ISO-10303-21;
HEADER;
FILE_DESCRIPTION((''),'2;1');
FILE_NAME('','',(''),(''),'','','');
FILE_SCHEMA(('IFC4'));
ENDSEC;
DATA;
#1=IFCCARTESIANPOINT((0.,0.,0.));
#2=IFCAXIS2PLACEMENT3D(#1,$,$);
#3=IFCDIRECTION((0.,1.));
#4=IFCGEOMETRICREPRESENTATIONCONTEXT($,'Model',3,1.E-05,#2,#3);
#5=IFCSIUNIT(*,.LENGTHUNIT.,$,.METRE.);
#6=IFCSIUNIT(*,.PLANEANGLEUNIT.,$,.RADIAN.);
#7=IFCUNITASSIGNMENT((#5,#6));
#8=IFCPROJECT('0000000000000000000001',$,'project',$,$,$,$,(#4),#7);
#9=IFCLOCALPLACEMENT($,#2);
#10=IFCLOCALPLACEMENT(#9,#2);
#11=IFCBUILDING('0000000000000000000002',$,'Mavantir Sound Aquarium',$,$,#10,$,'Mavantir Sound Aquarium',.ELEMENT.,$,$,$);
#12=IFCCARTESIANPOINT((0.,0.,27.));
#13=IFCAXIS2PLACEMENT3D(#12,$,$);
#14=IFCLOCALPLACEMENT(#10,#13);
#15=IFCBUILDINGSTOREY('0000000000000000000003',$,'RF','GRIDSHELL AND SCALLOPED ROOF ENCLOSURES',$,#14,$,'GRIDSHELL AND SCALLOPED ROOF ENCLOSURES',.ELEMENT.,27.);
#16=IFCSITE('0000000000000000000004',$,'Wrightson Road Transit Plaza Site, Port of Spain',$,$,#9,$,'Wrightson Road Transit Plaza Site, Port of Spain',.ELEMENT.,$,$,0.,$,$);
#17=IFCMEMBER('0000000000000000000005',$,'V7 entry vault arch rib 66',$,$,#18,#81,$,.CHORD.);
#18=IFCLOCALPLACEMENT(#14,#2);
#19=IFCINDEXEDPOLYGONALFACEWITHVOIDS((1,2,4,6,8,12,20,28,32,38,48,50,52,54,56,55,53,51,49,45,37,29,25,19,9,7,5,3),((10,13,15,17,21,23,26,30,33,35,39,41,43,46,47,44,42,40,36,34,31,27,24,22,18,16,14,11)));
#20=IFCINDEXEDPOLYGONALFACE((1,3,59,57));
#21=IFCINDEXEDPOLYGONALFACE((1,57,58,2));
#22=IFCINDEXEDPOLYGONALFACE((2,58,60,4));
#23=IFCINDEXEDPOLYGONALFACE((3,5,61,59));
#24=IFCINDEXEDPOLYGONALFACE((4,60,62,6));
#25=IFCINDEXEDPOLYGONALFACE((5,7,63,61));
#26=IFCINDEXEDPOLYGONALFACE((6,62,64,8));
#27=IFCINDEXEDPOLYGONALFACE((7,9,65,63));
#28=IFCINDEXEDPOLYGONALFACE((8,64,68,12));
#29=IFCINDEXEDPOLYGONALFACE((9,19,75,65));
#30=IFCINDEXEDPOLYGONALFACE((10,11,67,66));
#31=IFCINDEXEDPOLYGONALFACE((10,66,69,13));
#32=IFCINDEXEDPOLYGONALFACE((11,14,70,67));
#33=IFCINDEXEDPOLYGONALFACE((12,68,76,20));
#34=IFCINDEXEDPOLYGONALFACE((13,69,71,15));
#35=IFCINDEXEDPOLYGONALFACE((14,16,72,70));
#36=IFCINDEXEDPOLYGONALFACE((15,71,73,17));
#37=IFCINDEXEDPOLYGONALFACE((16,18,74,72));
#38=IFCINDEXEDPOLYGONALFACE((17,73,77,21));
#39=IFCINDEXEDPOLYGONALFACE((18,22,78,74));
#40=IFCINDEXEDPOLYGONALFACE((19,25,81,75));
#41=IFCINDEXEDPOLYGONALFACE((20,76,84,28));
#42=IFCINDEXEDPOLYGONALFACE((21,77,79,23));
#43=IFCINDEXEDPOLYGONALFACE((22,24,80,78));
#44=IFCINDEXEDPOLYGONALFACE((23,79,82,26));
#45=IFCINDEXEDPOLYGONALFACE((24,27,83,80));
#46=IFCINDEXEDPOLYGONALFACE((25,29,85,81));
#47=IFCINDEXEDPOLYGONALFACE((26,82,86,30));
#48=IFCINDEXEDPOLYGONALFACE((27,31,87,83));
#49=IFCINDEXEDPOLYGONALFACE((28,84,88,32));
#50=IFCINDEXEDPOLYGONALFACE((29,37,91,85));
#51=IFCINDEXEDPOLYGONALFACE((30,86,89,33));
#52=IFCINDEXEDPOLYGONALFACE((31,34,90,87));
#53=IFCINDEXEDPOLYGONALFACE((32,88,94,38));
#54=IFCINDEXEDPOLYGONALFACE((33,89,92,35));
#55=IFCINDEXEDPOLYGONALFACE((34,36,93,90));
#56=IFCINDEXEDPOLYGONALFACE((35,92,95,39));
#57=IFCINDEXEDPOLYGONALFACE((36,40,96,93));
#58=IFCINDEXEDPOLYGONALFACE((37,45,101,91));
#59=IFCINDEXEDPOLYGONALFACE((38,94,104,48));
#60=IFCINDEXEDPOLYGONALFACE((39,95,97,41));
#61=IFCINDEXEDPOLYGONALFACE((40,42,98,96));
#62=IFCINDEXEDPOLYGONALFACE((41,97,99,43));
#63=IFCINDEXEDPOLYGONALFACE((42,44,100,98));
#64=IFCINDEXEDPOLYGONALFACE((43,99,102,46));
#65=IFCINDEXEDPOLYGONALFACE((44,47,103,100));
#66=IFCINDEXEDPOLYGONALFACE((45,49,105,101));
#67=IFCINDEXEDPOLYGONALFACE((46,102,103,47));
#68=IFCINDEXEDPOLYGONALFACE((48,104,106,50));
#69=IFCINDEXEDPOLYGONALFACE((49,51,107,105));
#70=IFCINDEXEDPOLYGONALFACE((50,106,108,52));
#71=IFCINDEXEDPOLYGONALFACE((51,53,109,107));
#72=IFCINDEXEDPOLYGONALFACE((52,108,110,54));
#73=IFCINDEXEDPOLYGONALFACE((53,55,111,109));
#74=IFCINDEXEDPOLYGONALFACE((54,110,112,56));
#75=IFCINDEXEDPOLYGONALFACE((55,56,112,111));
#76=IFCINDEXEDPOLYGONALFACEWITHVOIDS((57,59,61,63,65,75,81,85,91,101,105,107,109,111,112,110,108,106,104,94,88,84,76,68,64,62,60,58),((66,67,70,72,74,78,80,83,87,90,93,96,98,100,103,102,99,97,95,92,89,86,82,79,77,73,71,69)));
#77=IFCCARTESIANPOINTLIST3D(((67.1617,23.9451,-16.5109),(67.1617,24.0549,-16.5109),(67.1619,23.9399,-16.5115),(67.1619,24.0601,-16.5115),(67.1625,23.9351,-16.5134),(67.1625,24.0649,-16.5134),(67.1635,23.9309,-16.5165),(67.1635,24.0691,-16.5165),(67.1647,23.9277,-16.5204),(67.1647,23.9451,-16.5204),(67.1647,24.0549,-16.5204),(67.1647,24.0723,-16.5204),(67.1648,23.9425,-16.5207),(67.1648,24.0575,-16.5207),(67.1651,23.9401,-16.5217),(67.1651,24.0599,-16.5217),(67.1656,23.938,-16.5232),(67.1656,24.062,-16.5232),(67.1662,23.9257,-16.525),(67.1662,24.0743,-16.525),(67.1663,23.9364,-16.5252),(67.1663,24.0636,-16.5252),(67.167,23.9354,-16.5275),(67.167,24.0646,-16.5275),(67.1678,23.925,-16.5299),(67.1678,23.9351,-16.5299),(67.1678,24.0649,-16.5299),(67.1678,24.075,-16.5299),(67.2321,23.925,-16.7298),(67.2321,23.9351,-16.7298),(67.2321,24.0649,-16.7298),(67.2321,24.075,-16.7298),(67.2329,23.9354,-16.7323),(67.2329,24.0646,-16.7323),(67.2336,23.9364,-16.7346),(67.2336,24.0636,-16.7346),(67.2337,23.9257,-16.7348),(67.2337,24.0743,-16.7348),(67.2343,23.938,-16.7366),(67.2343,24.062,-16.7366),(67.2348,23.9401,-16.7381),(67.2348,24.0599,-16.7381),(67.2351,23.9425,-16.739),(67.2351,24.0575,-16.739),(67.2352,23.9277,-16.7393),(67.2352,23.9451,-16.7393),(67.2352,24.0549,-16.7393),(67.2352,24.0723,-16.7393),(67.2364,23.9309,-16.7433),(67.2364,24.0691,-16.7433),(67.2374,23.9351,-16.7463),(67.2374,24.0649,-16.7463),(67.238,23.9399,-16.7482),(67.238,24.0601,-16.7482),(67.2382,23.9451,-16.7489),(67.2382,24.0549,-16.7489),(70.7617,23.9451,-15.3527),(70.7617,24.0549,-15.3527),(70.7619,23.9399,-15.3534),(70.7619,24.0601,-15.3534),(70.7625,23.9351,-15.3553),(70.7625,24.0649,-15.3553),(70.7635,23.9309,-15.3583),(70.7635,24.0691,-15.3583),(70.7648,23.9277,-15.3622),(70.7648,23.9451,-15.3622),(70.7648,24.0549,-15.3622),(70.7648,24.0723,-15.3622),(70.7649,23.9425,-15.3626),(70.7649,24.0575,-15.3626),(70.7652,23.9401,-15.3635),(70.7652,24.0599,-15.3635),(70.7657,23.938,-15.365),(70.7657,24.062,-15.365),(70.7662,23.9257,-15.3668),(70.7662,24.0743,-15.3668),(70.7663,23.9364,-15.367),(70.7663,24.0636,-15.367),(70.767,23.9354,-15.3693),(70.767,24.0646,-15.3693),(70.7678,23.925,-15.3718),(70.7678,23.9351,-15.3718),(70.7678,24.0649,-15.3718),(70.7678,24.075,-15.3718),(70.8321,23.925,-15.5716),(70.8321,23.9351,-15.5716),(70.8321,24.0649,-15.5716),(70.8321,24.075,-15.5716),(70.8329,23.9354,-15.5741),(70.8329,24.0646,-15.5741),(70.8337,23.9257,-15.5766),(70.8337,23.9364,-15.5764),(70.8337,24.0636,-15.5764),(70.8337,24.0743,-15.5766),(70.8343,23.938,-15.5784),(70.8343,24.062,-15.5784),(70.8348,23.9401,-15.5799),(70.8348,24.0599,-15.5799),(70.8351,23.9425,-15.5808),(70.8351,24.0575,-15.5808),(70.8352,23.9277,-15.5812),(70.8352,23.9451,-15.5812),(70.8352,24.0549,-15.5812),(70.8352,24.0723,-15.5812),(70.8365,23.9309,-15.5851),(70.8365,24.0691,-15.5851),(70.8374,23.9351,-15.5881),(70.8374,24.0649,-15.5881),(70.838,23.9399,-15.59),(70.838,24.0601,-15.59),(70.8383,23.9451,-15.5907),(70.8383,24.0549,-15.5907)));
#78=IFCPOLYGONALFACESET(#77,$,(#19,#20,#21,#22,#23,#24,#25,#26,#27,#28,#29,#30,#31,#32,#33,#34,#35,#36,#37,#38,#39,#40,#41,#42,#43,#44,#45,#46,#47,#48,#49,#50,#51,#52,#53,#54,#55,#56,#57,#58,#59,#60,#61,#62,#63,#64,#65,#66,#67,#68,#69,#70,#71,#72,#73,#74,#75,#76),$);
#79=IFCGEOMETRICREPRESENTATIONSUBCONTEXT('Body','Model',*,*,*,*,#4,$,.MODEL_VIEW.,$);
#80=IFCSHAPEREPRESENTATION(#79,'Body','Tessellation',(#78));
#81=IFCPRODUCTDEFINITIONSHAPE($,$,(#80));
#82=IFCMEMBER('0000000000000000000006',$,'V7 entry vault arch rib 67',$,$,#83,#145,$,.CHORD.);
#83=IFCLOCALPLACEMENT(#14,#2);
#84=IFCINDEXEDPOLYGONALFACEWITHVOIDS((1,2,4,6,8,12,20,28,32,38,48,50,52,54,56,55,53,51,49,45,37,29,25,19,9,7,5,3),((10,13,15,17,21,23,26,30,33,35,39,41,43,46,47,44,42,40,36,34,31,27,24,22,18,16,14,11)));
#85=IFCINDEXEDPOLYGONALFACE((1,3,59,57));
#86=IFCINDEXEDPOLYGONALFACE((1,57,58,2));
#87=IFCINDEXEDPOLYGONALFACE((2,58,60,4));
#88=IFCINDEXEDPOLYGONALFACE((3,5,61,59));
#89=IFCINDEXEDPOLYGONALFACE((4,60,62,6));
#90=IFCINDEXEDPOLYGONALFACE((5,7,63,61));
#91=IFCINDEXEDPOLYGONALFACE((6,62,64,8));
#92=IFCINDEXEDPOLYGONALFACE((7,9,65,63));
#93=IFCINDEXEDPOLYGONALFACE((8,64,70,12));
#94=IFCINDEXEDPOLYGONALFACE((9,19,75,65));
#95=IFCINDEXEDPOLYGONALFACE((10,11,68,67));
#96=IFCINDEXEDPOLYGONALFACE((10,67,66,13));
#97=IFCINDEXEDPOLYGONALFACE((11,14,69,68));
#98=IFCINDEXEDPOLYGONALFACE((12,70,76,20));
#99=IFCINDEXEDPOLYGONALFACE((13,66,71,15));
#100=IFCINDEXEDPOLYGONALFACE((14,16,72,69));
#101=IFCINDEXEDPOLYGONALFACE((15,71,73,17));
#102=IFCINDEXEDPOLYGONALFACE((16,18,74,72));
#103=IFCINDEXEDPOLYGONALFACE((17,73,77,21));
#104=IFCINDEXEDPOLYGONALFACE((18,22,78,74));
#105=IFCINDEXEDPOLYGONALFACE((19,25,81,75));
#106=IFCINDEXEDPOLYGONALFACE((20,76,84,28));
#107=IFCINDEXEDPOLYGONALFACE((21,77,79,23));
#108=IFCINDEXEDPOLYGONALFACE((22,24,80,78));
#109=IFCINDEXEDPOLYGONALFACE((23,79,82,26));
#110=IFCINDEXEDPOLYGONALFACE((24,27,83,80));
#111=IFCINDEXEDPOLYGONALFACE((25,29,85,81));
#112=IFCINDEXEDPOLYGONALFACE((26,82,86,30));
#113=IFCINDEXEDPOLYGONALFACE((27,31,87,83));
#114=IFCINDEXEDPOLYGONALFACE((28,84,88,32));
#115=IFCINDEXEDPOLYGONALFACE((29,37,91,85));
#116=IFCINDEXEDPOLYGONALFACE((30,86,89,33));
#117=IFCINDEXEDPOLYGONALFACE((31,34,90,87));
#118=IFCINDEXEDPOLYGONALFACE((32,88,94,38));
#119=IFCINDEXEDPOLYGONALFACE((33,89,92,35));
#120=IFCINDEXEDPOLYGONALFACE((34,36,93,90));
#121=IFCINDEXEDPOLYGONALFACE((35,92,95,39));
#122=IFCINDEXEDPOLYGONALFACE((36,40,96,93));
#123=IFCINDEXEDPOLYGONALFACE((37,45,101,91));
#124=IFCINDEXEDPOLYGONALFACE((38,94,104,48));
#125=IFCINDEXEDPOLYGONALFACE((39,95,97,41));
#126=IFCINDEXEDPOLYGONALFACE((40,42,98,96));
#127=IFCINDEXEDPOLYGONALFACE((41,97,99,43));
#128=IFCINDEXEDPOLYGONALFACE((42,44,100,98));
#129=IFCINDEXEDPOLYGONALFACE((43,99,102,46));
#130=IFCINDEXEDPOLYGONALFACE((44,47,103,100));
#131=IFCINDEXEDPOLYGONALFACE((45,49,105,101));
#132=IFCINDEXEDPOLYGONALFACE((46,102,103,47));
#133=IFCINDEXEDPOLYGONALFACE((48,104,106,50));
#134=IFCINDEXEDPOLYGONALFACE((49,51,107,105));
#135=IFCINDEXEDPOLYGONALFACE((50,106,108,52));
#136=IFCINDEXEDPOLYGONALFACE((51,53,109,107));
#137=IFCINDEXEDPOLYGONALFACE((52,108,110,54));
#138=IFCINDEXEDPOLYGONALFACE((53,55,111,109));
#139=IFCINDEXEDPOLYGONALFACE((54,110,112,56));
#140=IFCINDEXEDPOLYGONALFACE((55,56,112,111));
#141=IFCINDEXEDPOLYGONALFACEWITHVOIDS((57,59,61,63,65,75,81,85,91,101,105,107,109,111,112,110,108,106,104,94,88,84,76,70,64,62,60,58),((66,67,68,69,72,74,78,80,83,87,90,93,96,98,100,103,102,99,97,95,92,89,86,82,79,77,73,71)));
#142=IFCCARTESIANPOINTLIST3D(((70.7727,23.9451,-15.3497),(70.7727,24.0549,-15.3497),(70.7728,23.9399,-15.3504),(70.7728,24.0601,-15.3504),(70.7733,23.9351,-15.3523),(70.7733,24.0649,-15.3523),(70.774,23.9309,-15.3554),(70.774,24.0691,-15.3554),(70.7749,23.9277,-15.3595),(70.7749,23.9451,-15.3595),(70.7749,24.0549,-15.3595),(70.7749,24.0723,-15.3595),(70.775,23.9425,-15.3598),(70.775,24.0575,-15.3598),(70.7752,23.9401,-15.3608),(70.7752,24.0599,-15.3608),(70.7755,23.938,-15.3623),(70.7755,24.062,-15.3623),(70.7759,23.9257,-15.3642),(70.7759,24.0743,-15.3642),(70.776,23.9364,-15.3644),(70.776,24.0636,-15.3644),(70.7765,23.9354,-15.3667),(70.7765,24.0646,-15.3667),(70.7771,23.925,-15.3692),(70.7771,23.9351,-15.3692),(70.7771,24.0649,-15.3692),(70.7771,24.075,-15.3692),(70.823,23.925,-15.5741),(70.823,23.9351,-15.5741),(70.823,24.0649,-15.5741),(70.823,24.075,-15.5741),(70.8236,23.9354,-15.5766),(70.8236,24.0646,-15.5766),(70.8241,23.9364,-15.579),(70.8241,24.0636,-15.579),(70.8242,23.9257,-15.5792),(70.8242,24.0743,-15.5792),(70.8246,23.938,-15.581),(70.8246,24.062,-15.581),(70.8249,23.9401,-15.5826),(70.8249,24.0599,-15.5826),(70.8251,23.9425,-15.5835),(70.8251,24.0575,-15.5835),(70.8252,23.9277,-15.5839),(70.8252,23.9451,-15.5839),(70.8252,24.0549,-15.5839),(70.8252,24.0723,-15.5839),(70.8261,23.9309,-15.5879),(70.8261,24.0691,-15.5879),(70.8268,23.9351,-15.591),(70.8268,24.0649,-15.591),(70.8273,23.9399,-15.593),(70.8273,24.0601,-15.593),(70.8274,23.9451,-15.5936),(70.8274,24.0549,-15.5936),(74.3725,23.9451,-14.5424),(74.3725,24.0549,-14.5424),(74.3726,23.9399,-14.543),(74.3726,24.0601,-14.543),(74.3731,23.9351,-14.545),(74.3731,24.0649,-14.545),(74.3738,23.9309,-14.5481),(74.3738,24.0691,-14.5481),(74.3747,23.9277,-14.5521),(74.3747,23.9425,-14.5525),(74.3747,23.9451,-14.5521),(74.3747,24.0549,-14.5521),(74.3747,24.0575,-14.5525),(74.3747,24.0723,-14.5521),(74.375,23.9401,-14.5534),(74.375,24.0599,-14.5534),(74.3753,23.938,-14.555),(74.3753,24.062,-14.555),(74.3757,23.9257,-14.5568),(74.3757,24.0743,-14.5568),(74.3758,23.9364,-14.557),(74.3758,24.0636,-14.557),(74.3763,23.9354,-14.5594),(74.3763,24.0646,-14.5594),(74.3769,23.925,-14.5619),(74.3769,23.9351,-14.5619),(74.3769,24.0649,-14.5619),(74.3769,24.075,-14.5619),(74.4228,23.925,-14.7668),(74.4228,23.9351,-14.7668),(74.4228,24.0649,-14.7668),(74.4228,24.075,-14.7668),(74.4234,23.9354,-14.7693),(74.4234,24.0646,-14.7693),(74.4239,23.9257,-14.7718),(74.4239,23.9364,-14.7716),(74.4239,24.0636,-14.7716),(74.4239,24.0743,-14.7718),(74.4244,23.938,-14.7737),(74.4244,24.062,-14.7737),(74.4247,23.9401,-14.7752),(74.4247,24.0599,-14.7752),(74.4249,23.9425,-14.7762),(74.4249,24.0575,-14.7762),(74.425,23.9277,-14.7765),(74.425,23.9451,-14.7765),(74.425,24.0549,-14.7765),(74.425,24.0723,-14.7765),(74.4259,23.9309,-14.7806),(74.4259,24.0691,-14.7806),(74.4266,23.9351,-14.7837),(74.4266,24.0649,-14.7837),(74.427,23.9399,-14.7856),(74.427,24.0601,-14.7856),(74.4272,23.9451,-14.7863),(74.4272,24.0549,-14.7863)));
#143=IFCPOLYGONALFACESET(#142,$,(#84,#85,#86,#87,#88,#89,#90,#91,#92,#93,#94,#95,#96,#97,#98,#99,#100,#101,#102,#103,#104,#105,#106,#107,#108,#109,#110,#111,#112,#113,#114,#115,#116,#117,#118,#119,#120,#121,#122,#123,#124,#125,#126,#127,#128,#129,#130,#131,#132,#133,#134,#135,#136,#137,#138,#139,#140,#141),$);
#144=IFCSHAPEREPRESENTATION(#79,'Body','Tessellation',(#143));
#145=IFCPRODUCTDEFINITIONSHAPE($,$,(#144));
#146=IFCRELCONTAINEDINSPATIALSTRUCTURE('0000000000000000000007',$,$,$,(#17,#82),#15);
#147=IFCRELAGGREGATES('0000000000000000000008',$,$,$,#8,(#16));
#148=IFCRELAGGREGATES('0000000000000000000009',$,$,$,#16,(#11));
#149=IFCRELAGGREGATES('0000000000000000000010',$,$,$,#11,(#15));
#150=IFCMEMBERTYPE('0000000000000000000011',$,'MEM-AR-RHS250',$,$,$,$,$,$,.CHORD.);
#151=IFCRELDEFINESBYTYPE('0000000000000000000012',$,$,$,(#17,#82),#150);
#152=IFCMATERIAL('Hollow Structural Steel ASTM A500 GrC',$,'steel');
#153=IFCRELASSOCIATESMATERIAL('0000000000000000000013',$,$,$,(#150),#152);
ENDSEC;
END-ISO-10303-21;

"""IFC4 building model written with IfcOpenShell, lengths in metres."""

from ifc_helpers import new_model, si_unit, direction, frame, origin, origin_2d, place, context, subcontext, project, spatial, hollow_rectangle, extrude, material, material_profile, profile_set, type_object, element, save


model = new_model("IFC4")

# Units and contexts
model_context = context("Model", 3, precision=1e-05, world=origin(), true_north=direction((0.0, 1.0)))
body_context = subcontext(model_context, "Body", "Model", "MODEL_VIEW")
ifc_project = project(units=[si_unit("LENGTHUNIT", "METRE"), si_unit("PLANEANGLEUNIT", "RADIAN")], contexts=[model_context])

# Site, building, storey
site_placement = place(None, origin())
site = spatial("IfcSite", under=ifc_project, at=site_placement, Name="Wrightson Road Transit Plaza Site, Port of Spain", LongName="Wrightson Road Transit Plaza Site, Port of Spain", CompositionType="ELEMENT", RefElevation=0.0)
building_placement = place(site_placement, origin())
building = spatial("IfcBuilding", under=site, at=building_placement, Name="Mavantir Sound Aquarium", LongName="Mavantir Sound Aquarium", CompositionType="ELEMENT")
storey_placement = place(building_placement, frame((0.0, 0.0, 27.0)))
storey = spatial("IfcBuildingStorey", under=building, at=storey_placement, Name="RF", Description="GRIDSHELL AND SCALLOPED ROOF ENCLOSURES", LongName="GRIDSHELL AND SCALLOPED ROOF ENCLOSURES", CompositionType="ELEMENT", Elevation=27.0)

# Shared definitions
ifc_material_1 = material(Name="Hollow Structural Steel ASTM A500 GrC", Category="steel")

# Members
ifc_material_profile_1 = material_profile(ifc_material_1, hollow_rectangle(XDim=0.1499, YDim=0.25, WallThickness=0.01, InnerFilletRadius=0.01, OuterFilletRadius=0.02, at=origin_2d()), Name="RHS 250X150X10")
ifc_profile_set_1 = profile_set([ifc_material_profile_1], Name="Hollow Structural Steel ASTM A500 GrC")
member_type_1 = type_object("IfcMemberType", Name="MEM-AR-RHS250", PredefinedType="CHORD", material=ifc_profile_set_1)
member_1_placement = place(storey_placement, frame((67.2, 24.0, -16.6299), z_axis=(0.951949, 0.0, 0.306256), x_axis=(0.0, 1.0, 0.0)))
element("IfcMember", 1, at=member_1_placement, inside=storey, type_object=member_type_1, Name="V7 entry vault arch rib 66", PredefinedType="CHORD", context=body_context, shape_type="SweptSolid", body=[
    extrude(hollow_rectangle(XDim=0.1499, YDim=0.25, WallThickness=0.01, InnerFilletRadius=0.01, OuterFilletRadius=0.02, at=origin_2d()), origin(), (0.0, 0.0, 1.0), 3.7817),
])
member_2_placement = place(storey_placement, frame((70.8, 24.0, -15.4717), z_axis=(0.97576, 0.0, 0.218843), x_axis=(0.0, 1.0, 0.0)))
element("IfcMember", 2, at=member_2_placement, inside=storey, type_object=member_type_1, Name="V7 entry vault arch rib 67", PredefinedType="CHORD", context=body_context, shape_type="SweptSolid", body=[
    extrude(hollow_rectangle(XDim=0.1499, YDim=0.25, WallThickness=0.01, InnerFilletRadius=0.01, OuterFilletRadius=0.02, at=origin_2d()), origin(), (0.0, 0.0, 1.0), 3.6892),
])

save(model, "model.ifc")
